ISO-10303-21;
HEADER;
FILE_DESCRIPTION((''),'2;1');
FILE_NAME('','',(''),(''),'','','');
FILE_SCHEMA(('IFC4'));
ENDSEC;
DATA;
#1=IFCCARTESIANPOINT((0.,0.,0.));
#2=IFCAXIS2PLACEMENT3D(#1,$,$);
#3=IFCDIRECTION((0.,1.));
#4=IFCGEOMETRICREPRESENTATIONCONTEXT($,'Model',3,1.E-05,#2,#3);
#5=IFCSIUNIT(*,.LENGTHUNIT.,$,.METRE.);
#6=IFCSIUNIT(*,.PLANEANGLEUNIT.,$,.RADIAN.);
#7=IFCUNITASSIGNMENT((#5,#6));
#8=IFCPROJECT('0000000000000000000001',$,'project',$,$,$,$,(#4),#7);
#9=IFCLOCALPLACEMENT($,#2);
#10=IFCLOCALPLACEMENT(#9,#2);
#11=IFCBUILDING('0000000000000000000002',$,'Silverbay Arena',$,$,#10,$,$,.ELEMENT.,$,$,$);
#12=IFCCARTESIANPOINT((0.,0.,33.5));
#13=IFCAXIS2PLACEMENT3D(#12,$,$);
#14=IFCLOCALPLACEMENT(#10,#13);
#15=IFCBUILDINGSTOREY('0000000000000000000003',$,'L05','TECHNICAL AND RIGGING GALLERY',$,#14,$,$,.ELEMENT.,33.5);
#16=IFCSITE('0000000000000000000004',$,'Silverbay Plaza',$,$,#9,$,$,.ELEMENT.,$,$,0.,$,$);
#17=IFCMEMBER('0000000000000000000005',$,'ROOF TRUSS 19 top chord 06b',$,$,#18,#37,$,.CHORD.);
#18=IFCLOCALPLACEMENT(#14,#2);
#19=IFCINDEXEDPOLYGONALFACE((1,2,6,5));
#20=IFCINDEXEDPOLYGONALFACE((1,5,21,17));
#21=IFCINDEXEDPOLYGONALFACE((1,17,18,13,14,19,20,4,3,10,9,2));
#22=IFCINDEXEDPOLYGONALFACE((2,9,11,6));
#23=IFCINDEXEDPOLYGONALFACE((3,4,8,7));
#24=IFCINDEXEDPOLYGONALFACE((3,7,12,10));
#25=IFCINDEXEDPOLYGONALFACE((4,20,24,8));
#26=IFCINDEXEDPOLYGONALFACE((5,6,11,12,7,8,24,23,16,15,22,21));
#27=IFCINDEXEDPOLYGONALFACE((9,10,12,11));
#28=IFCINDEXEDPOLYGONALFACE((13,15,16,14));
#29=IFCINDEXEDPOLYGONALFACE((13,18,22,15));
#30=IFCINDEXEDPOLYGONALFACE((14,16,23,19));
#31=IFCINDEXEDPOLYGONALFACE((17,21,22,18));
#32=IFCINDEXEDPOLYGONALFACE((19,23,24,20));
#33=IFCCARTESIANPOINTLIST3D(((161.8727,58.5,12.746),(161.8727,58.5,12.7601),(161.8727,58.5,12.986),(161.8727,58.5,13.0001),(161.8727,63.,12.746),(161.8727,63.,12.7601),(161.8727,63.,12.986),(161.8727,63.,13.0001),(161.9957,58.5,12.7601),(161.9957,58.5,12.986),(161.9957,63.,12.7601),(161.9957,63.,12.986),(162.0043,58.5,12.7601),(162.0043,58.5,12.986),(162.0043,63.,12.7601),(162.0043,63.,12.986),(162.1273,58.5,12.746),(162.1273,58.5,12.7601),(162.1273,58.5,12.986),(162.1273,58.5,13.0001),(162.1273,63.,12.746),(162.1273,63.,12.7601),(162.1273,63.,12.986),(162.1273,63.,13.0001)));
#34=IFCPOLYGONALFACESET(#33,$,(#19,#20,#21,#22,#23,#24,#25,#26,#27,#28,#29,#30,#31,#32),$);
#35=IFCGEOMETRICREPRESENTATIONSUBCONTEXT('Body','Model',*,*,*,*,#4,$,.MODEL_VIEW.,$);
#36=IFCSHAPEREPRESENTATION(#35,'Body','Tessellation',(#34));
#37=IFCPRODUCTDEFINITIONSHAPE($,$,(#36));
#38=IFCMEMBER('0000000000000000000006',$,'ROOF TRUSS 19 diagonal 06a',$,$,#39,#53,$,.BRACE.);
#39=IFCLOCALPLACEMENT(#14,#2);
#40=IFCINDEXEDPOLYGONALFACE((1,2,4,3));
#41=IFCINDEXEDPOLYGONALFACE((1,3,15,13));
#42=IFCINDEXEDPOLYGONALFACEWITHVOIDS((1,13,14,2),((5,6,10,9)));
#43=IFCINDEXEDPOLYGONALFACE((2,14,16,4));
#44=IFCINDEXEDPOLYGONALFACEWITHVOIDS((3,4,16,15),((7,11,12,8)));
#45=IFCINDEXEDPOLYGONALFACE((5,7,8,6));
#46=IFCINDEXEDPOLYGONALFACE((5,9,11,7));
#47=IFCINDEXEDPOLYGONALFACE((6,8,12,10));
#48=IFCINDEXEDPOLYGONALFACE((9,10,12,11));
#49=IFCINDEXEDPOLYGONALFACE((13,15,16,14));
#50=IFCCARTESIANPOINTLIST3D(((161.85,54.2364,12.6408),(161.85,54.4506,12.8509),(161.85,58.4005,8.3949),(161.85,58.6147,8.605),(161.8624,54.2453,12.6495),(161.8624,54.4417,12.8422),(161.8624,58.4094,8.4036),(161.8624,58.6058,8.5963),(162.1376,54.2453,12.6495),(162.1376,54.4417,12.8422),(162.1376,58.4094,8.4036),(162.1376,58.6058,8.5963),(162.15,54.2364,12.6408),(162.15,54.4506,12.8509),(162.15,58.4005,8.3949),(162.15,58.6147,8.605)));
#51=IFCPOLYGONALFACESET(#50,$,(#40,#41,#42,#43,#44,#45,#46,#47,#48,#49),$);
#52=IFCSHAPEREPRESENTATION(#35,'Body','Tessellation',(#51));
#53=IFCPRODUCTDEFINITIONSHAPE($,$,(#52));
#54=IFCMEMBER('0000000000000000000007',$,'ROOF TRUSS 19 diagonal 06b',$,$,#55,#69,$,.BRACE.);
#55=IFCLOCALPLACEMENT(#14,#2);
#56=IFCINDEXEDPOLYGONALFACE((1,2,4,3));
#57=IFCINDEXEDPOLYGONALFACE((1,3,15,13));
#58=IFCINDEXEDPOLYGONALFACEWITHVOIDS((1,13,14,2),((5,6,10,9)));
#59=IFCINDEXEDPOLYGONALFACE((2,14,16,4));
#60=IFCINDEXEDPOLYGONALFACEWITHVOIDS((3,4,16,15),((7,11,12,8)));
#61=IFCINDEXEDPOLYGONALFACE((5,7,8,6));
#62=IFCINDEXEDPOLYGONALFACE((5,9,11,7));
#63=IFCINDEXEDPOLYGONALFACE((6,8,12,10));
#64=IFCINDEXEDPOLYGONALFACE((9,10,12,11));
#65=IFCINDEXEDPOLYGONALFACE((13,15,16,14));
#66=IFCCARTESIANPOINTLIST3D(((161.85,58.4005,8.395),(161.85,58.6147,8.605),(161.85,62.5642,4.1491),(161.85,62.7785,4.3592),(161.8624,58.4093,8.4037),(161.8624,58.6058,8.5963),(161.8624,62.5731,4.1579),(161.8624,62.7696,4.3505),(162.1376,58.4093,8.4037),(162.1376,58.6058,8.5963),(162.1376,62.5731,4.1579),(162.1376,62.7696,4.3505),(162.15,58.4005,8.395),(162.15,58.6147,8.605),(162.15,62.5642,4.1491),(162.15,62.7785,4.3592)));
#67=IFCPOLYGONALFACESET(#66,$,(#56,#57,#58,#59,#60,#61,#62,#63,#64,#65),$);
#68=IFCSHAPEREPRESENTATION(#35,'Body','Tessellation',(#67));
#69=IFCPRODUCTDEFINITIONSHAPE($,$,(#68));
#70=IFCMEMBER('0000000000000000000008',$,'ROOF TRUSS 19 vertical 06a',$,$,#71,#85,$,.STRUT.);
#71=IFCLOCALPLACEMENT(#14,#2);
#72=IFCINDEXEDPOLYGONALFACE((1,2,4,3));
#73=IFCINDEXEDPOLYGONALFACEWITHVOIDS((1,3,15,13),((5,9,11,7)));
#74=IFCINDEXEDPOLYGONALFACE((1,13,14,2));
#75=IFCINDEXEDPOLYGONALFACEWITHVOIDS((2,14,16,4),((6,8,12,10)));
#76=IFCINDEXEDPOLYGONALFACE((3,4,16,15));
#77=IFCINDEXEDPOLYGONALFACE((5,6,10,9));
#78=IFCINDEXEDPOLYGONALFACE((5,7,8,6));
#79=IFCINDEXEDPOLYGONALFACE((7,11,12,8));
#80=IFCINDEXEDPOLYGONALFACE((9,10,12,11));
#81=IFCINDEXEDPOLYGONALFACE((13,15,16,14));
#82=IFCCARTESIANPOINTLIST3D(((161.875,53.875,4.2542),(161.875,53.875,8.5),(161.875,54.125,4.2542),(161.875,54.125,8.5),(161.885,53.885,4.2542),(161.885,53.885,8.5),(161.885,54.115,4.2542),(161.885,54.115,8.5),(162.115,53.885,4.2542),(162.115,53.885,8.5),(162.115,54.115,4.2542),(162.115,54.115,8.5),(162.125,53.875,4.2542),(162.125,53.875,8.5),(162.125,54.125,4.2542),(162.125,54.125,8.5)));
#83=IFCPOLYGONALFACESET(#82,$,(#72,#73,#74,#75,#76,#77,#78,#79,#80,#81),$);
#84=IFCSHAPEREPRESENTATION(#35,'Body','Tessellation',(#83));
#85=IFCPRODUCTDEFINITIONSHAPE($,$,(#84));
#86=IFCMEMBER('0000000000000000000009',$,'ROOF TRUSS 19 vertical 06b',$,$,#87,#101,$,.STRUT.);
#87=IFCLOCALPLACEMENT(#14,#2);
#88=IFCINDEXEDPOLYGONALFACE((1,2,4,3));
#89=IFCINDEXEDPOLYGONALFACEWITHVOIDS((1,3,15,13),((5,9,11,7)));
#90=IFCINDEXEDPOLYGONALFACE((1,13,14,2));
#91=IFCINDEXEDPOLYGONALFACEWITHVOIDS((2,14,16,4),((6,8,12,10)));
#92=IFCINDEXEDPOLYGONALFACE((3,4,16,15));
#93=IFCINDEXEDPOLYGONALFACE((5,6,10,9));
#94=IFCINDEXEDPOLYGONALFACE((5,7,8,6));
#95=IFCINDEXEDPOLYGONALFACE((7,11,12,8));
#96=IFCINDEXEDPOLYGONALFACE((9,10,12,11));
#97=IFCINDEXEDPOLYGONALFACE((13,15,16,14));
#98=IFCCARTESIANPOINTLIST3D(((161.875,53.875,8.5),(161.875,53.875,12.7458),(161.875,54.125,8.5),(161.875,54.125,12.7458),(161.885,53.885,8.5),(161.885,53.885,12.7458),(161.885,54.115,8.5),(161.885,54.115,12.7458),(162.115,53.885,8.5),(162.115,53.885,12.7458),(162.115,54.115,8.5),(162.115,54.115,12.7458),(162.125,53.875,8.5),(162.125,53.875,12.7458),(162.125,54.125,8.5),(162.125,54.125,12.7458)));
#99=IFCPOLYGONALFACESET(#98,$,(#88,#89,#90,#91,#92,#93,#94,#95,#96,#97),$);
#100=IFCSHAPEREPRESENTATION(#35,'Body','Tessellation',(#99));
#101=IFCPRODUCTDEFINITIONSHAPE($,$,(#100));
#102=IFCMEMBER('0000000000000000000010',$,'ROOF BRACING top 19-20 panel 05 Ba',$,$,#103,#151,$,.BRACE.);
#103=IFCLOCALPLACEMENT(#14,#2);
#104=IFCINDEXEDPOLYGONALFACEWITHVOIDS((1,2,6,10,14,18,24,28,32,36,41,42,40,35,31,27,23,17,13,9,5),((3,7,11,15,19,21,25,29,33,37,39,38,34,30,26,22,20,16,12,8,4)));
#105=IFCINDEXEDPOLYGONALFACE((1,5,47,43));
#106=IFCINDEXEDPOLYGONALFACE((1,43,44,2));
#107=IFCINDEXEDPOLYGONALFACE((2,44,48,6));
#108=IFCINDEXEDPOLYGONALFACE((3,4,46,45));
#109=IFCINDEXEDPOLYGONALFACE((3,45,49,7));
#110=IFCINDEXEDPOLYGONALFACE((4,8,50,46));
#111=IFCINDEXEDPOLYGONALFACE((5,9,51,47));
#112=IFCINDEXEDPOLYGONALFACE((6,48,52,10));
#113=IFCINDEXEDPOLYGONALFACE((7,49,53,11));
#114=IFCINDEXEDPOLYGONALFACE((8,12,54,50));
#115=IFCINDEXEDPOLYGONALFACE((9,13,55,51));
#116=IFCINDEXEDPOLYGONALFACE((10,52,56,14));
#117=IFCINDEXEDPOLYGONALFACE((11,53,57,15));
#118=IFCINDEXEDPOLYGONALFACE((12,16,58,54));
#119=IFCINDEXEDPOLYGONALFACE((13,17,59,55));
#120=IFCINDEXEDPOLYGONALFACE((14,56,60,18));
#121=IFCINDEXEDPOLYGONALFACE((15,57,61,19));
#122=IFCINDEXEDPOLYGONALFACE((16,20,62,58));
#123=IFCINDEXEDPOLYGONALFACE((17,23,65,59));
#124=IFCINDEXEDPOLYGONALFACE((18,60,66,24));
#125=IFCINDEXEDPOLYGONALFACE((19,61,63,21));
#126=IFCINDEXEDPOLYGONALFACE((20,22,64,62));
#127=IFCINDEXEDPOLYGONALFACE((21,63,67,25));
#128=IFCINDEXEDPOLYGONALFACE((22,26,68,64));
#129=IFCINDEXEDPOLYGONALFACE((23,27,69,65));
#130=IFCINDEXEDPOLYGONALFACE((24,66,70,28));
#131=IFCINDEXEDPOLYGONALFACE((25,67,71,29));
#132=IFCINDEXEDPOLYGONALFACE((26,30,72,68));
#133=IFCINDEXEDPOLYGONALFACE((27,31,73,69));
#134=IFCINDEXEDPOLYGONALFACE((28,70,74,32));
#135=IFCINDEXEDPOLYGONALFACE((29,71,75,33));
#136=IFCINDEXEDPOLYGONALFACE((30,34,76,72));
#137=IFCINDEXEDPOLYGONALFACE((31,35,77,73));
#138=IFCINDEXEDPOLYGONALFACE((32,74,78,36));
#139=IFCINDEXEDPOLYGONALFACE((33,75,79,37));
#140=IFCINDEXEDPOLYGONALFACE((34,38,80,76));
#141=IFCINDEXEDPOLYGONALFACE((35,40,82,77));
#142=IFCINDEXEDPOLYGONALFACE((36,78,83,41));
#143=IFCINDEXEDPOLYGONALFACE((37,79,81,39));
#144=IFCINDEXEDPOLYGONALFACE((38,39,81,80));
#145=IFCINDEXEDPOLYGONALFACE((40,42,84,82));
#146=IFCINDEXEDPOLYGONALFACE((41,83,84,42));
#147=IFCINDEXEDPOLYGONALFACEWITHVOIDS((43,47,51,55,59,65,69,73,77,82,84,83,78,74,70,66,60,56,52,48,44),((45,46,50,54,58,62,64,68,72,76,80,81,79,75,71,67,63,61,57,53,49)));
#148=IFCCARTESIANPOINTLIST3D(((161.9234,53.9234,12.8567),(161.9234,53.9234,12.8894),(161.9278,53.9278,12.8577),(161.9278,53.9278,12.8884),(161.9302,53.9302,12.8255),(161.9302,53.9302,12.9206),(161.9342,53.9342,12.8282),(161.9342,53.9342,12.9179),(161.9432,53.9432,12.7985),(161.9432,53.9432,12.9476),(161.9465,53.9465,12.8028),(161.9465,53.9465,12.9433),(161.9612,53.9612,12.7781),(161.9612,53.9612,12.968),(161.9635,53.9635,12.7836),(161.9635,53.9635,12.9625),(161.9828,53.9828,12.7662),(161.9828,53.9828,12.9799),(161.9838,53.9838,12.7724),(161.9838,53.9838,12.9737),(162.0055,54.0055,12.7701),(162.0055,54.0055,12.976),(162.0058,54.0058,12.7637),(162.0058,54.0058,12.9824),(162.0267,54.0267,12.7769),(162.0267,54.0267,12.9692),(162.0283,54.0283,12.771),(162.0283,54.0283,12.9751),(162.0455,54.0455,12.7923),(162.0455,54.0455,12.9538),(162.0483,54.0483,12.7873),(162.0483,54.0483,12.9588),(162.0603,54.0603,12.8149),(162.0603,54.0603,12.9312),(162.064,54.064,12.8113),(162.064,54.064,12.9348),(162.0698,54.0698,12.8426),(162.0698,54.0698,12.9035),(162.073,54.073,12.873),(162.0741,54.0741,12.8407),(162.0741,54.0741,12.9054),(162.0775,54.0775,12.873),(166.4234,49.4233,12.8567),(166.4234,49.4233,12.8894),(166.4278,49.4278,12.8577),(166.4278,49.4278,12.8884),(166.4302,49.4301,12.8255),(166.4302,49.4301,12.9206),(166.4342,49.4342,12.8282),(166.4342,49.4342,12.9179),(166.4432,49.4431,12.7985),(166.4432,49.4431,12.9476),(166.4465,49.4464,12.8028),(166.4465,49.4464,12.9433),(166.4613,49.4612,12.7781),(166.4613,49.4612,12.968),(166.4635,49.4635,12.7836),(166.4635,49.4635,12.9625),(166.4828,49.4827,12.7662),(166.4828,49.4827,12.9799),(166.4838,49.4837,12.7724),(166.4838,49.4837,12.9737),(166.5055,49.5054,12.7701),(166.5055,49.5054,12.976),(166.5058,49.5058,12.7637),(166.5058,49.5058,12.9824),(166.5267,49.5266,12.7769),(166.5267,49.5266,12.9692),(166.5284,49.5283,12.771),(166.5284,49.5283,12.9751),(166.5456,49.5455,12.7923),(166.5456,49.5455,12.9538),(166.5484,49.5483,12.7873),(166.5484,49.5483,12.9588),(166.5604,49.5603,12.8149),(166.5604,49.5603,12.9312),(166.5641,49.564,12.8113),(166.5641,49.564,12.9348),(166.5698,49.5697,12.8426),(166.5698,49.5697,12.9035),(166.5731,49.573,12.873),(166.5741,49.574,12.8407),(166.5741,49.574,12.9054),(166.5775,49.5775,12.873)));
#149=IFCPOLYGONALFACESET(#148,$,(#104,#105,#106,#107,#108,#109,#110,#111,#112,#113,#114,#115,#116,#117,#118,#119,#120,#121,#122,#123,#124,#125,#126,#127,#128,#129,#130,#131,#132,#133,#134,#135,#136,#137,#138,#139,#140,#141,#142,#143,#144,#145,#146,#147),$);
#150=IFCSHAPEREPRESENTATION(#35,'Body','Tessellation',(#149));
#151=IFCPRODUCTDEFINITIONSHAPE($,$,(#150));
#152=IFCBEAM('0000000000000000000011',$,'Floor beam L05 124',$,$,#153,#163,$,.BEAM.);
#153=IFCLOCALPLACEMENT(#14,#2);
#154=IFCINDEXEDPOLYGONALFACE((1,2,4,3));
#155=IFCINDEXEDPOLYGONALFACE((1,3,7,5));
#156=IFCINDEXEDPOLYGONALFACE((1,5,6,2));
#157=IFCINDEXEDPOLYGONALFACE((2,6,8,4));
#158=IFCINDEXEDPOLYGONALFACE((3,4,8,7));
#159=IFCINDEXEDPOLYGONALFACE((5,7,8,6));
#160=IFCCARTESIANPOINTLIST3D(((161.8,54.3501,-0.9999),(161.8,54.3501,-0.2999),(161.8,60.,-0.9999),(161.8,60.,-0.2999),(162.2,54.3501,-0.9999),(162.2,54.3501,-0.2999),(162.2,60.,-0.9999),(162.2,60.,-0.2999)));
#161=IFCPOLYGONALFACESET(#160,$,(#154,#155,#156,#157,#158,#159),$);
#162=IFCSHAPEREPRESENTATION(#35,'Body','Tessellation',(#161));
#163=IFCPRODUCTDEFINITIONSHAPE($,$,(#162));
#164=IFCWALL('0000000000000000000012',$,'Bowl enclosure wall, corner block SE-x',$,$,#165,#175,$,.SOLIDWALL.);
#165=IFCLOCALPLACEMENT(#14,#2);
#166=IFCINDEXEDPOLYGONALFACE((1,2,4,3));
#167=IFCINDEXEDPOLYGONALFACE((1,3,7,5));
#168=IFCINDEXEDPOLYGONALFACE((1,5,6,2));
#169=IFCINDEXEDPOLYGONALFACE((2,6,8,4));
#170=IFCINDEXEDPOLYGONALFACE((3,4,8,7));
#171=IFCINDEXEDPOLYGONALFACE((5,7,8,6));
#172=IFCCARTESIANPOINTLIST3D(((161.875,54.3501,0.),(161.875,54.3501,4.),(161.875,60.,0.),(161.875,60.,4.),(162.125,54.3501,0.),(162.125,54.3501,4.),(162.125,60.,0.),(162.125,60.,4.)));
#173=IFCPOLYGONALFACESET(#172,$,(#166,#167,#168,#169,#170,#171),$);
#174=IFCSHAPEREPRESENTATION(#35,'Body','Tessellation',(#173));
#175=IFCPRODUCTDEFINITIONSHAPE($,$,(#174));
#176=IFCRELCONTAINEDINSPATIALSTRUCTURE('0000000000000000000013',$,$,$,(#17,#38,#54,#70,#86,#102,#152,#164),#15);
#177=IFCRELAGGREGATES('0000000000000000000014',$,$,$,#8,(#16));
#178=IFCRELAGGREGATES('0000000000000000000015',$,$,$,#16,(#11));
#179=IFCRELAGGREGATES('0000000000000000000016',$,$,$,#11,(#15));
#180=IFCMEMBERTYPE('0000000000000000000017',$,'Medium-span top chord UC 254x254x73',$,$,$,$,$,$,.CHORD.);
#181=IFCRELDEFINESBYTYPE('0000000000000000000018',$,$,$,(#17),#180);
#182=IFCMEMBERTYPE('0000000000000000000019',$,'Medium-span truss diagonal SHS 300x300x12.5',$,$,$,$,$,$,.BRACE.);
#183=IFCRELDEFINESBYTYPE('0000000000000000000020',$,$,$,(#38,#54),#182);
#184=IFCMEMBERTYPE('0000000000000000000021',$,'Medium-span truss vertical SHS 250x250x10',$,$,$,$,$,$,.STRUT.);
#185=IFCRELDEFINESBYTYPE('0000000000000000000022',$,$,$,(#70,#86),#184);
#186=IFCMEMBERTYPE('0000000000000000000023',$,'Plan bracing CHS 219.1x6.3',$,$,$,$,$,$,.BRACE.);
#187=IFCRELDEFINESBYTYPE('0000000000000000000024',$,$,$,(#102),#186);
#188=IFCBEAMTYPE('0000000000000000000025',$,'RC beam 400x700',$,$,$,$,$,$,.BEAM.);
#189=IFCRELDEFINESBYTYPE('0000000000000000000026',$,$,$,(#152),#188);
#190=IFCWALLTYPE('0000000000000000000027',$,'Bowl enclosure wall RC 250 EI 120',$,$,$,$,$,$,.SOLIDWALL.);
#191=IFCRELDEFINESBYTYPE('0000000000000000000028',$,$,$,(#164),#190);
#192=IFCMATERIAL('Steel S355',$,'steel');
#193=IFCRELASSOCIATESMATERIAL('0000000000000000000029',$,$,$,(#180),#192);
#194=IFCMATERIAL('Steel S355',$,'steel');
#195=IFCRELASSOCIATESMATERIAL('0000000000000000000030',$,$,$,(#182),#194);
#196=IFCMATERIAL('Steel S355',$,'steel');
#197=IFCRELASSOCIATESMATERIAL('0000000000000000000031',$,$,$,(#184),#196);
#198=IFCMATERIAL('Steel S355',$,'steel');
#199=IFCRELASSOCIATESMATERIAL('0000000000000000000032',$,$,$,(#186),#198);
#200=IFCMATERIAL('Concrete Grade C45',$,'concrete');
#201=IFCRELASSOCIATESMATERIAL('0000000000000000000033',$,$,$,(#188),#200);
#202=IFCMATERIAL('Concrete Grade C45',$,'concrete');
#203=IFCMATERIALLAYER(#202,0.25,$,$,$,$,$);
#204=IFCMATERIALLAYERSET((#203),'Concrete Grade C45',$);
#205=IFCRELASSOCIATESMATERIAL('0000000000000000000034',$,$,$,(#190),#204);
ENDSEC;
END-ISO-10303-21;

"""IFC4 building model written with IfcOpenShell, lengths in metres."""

from ifc_helpers import new_model, si_unit, direction, frame, frame_2d, origin, origin_2d, place, context, subcontext, project, spatial, rectangle, hollow_rectangle, hollow_circle, i_section, extrude, material, layer, layer_set, material_profile, profile_set, type_object, element, save


model = new_model("IFC4")

# Units and contexts
model_context = context("Model", 3, precision=1e-05, world=origin(), true_north=direction((0.0, 1.0)))
body_context = subcontext(model_context, "Body", "Model", "MODEL_VIEW")
ifc_project = project(units=[si_unit("LENGTHUNIT", "METRE"), si_unit("PLANEANGLEUNIT", "RADIAN")], contexts=[model_context])

# Site, building, storey
site_placement = place(None, origin())
site = spatial("IfcSite", under=ifc_project, at=site_placement, Name="Silverbay Plaza", CompositionType="ELEMENT", RefElevation=0.0)
building_placement = place(site_placement, origin())
building = spatial("IfcBuilding", under=site, at=building_placement, Name="Silverbay Arena", CompositionType="ELEMENT")
storey_placement = place(building_placement, frame((0.0, 0.0, 33.5)))
storey = spatial("IfcBuildingStorey", under=building, at=storey_placement, Name="L05", Description="TECHNICAL AND RIGGING GALLERY", CompositionType="ELEMENT", Elevation=33.5)

# Members
ifc_material_1 = material(Name="Steel S355", Category="steel")
ifc_material_profile_1 = material_profile(ifc_material_1, i_section(OverallWidth=0.2546, OverallDepth=0.2542, WebThickness=0.0085, FlangeThickness=0.0142, at=origin_2d()), Name="UC 254x254x73")
ifc_profile_set_1 = profile_set([ifc_material_profile_1], Name="Steel S355")
member_type_1 = type_object("IfcMemberType", Name="Medium-span top chord UC 254x254x73", PredefinedType="CHORD", material=ifc_profile_set_1)
member_1_placement = place(storey_placement, frame((162.0, 58.5, 12.873), z_axis=(0.0, 1.0, 0.0), x_axis=(-1.0, 0.0, 0.0)))
element("IfcMember", 1, at=member_1_placement, inside=storey, type_object=member_type_1, Name="ROOF TRUSS 19 top chord 06b", PredefinedType="CHORD", context=body_context, shape_type="SweptSolid", body=[
    extrude(i_section(OverallWidth=0.2546, OverallDepth=0.2542, WebThickness=0.0085, FlangeThickness=0.0142, at=origin_2d()), origin(), (0.0, 0.0, 1.0), 4.5),
])
ifc_material_2 = material(Name="Steel S355", Category="steel")
ifc_material_profile_2 = material_profile(ifc_material_2, hollow_rectangle(XDim=0.3, YDim=0.3, WallThickness=0.0125, at=origin_2d()), Name="SHS 300x300x12.5")
ifc_profile_set_2 = profile_set([ifc_material_profile_2], Name="Steel S355")
member_type_2 = type_object("IfcMemberType", Name="Medium-span truss diagonal SHS 300x300x12.5", PredefinedType="BRACE", material=ifc_profile_set_2)
member_2_placement = place(storey_placement, frame((162.0, 54.3435, 12.7458), z_axis=(0.0, 0.700197, -0.71395), x_axis=(-1.0, 0.0, 0.0)))
element("IfcMember", 2, at=member_2_placement, inside=storey, type_object=member_type_2, Name="ROOF TRUSS 19 diagonal 06a", PredefinedType="BRACE", context=body_context, shape_type="SweptSolid", body=[
    extrude(hollow_rectangle(XDim=0.3, YDim=0.3, WallThickness=0.0125, at=origin_2d()), origin(), (0.0, 0.0, 1.0), 5.947),
])
member_3_placement = place(storey_placement, frame((162.0, 58.5076, 8.5), z_axis=(0.0, 0.700176, -0.71397), x_axis=(-1.0, 0.0, 0.0)))
element("IfcMember", 3, at=member_3_placement, inside=storey, type_object=member_type_2, Name="ROOF TRUSS 19 diagonal 06b", PredefinedType="BRACE", context=body_context, shape_type="SweptSolid", body=[
    extrude(hollow_rectangle(XDim=0.3, YDim=0.3, WallThickness=0.0125, at=origin_2d()), origin(), (0.0, 0.0, 1.0), 5.9468),
])
ifc_material_3 = material(Name="Steel S355", Category="steel")
ifc_material_profile_3 = material_profile(ifc_material_3, hollow_rectangle(XDim=0.25, YDim=0.25, WallThickness=0.01, at=origin_2d()), Name="SHS 250x250x10")
ifc_profile_set_3 = profile_set([ifc_material_profile_3], Name="Steel S355")
member_type_3 = type_object("IfcMemberType", Name="Medium-span truss vertical SHS 250x250x10", PredefinedType="STRUT", material=ifc_profile_set_3)
for number, where, z_axis, x_axis, name in (
    (4, (162.0, 54.0, 4.2542), (0.0, 0.0, 1.0), (1.0, 0.0, 0.0), "ROOF TRUSS 19 vertical 06a"),
    (5, (162.0, 54.0, 8.5), (0.0, 0.0, 1.0), (1.0, 0.0, 0.0), "ROOF TRUSS 19 vertical 06b"),
):
    element("IfcMember", number, at=place(storey_placement, frame(where, z_axis=z_axis, x_axis=x_axis)), inside=storey, type_object=member_type_3, Name=name, PredefinedType="STRUT", context=body_context, shape_type="SweptSolid", body=[
        extrude(hollow_rectangle(XDim=0.25, YDim=0.25, WallThickness=0.01, at=origin_2d()), origin(), (0.0, 0.0, 1.0), 4.2458),
    ])
ifc_material_4 = material(Name="Steel S355", Category="steel")
ifc_material_profile_4 = material_profile(ifc_material_4, hollow_circle(Radius=0.1096, WallThickness=0.0063, at=origin_2d()), Name="CHS 219.1x6.3")
ifc_profile_set_4 = profile_set([ifc_material_profile_4], Name="Steel S355")
member_type_4 = type_object("IfcMemberType", Name="Plan bracing CHS 219.1x6.3", PredefinedType="BRACE", material=ifc_profile_set_4)
member_4_placement = place(storey_placement, frame((162.0, 54.0, 12.873), z_axis=(0.707107, -0.707107, 0.0), x_axis=(0.707107, 0.707107, 0.0)))
element("IfcMember", 6, at=member_4_placement, inside=storey, type_object=member_type_4, Name="ROOF BRACING top 19-20 panel 05 Ba", PredefinedType="BRACE", context=body_context, shape_type="SweptSolid", body=[
    extrude(hollow_circle(Radius=0.1096, WallThickness=0.0063, at=origin_2d()), origin(), (0.0, 0.0, 1.0), 6.364),
])

# Beam
ifc_material_5 = material(Name="Concrete Grade C45", Category="concrete")
ifc_material_profile_5 = material_profile(ifc_material_5, rectangle(XDim=0.3999, YDim=0.7, at=origin_2d()), Name="RC 400x700")
ifc_profile_set_5 = profile_set([ifc_material_profile_5], Name="Concrete Grade C45")
beam_type = type_object("IfcBeamType", Name="RC beam 400x700", PredefinedType="BEAM", material=ifc_profile_set_5)
beam_placement = place(storey_placement, frame((162.0, 54.3501, -0.6499), z_axis=(0.0, 1.0, 0.0), x_axis=(-1.0, 0.0, 0.0)))
element("IfcBeam", 7, at=beam_placement, inside=storey, type_object=beam_type, Name="Floor beam L05 124", PredefinedType="BEAM", context=body_context, shape_type="SweptSolid", body=[
    extrude(rectangle(XDim=0.3999, YDim=0.7, at=origin_2d()), origin(), (0.0, 0.0, 1.0), 5.6499),
])

# Wall
ifc_material_6 = material(Name="Concrete Grade C45", Category="concrete")
ifc_layer_1 = layer(ifc_material_6, 0.25)
ifc_layer_set_1 = layer_set([ifc_layer_1], Name="Concrete Grade C45")
wall_type_1 = type_object("IfcWallType", Name="Bowl enclosure wall RC 250 EI 120", PredefinedType="SOLIDWALL", material=ifc_layer_set_1)
wall_1_placement = place(storey_placement, frame((162.0, 54.3501, 0.0), z_axis=(0.0, 0.0, 1.0), x_axis=(0.0, 1.0, 0.0)))
element("IfcWall", 8, at=wall_1_placement, inside=storey, type_object=wall_type_1, Name="Bowl enclosure wall, corner block SE-x", PredefinedType="SOLIDWALL", context=body_context, shape_type="SweptSolid", body=[
    extrude(rectangle(XDim=5.6499, YDim=0.25, at=frame_2d((2.825, 0.0))), origin(), (0.0, 0.0, 1.0), 4.0),
])

save(model, "model.ifc")
